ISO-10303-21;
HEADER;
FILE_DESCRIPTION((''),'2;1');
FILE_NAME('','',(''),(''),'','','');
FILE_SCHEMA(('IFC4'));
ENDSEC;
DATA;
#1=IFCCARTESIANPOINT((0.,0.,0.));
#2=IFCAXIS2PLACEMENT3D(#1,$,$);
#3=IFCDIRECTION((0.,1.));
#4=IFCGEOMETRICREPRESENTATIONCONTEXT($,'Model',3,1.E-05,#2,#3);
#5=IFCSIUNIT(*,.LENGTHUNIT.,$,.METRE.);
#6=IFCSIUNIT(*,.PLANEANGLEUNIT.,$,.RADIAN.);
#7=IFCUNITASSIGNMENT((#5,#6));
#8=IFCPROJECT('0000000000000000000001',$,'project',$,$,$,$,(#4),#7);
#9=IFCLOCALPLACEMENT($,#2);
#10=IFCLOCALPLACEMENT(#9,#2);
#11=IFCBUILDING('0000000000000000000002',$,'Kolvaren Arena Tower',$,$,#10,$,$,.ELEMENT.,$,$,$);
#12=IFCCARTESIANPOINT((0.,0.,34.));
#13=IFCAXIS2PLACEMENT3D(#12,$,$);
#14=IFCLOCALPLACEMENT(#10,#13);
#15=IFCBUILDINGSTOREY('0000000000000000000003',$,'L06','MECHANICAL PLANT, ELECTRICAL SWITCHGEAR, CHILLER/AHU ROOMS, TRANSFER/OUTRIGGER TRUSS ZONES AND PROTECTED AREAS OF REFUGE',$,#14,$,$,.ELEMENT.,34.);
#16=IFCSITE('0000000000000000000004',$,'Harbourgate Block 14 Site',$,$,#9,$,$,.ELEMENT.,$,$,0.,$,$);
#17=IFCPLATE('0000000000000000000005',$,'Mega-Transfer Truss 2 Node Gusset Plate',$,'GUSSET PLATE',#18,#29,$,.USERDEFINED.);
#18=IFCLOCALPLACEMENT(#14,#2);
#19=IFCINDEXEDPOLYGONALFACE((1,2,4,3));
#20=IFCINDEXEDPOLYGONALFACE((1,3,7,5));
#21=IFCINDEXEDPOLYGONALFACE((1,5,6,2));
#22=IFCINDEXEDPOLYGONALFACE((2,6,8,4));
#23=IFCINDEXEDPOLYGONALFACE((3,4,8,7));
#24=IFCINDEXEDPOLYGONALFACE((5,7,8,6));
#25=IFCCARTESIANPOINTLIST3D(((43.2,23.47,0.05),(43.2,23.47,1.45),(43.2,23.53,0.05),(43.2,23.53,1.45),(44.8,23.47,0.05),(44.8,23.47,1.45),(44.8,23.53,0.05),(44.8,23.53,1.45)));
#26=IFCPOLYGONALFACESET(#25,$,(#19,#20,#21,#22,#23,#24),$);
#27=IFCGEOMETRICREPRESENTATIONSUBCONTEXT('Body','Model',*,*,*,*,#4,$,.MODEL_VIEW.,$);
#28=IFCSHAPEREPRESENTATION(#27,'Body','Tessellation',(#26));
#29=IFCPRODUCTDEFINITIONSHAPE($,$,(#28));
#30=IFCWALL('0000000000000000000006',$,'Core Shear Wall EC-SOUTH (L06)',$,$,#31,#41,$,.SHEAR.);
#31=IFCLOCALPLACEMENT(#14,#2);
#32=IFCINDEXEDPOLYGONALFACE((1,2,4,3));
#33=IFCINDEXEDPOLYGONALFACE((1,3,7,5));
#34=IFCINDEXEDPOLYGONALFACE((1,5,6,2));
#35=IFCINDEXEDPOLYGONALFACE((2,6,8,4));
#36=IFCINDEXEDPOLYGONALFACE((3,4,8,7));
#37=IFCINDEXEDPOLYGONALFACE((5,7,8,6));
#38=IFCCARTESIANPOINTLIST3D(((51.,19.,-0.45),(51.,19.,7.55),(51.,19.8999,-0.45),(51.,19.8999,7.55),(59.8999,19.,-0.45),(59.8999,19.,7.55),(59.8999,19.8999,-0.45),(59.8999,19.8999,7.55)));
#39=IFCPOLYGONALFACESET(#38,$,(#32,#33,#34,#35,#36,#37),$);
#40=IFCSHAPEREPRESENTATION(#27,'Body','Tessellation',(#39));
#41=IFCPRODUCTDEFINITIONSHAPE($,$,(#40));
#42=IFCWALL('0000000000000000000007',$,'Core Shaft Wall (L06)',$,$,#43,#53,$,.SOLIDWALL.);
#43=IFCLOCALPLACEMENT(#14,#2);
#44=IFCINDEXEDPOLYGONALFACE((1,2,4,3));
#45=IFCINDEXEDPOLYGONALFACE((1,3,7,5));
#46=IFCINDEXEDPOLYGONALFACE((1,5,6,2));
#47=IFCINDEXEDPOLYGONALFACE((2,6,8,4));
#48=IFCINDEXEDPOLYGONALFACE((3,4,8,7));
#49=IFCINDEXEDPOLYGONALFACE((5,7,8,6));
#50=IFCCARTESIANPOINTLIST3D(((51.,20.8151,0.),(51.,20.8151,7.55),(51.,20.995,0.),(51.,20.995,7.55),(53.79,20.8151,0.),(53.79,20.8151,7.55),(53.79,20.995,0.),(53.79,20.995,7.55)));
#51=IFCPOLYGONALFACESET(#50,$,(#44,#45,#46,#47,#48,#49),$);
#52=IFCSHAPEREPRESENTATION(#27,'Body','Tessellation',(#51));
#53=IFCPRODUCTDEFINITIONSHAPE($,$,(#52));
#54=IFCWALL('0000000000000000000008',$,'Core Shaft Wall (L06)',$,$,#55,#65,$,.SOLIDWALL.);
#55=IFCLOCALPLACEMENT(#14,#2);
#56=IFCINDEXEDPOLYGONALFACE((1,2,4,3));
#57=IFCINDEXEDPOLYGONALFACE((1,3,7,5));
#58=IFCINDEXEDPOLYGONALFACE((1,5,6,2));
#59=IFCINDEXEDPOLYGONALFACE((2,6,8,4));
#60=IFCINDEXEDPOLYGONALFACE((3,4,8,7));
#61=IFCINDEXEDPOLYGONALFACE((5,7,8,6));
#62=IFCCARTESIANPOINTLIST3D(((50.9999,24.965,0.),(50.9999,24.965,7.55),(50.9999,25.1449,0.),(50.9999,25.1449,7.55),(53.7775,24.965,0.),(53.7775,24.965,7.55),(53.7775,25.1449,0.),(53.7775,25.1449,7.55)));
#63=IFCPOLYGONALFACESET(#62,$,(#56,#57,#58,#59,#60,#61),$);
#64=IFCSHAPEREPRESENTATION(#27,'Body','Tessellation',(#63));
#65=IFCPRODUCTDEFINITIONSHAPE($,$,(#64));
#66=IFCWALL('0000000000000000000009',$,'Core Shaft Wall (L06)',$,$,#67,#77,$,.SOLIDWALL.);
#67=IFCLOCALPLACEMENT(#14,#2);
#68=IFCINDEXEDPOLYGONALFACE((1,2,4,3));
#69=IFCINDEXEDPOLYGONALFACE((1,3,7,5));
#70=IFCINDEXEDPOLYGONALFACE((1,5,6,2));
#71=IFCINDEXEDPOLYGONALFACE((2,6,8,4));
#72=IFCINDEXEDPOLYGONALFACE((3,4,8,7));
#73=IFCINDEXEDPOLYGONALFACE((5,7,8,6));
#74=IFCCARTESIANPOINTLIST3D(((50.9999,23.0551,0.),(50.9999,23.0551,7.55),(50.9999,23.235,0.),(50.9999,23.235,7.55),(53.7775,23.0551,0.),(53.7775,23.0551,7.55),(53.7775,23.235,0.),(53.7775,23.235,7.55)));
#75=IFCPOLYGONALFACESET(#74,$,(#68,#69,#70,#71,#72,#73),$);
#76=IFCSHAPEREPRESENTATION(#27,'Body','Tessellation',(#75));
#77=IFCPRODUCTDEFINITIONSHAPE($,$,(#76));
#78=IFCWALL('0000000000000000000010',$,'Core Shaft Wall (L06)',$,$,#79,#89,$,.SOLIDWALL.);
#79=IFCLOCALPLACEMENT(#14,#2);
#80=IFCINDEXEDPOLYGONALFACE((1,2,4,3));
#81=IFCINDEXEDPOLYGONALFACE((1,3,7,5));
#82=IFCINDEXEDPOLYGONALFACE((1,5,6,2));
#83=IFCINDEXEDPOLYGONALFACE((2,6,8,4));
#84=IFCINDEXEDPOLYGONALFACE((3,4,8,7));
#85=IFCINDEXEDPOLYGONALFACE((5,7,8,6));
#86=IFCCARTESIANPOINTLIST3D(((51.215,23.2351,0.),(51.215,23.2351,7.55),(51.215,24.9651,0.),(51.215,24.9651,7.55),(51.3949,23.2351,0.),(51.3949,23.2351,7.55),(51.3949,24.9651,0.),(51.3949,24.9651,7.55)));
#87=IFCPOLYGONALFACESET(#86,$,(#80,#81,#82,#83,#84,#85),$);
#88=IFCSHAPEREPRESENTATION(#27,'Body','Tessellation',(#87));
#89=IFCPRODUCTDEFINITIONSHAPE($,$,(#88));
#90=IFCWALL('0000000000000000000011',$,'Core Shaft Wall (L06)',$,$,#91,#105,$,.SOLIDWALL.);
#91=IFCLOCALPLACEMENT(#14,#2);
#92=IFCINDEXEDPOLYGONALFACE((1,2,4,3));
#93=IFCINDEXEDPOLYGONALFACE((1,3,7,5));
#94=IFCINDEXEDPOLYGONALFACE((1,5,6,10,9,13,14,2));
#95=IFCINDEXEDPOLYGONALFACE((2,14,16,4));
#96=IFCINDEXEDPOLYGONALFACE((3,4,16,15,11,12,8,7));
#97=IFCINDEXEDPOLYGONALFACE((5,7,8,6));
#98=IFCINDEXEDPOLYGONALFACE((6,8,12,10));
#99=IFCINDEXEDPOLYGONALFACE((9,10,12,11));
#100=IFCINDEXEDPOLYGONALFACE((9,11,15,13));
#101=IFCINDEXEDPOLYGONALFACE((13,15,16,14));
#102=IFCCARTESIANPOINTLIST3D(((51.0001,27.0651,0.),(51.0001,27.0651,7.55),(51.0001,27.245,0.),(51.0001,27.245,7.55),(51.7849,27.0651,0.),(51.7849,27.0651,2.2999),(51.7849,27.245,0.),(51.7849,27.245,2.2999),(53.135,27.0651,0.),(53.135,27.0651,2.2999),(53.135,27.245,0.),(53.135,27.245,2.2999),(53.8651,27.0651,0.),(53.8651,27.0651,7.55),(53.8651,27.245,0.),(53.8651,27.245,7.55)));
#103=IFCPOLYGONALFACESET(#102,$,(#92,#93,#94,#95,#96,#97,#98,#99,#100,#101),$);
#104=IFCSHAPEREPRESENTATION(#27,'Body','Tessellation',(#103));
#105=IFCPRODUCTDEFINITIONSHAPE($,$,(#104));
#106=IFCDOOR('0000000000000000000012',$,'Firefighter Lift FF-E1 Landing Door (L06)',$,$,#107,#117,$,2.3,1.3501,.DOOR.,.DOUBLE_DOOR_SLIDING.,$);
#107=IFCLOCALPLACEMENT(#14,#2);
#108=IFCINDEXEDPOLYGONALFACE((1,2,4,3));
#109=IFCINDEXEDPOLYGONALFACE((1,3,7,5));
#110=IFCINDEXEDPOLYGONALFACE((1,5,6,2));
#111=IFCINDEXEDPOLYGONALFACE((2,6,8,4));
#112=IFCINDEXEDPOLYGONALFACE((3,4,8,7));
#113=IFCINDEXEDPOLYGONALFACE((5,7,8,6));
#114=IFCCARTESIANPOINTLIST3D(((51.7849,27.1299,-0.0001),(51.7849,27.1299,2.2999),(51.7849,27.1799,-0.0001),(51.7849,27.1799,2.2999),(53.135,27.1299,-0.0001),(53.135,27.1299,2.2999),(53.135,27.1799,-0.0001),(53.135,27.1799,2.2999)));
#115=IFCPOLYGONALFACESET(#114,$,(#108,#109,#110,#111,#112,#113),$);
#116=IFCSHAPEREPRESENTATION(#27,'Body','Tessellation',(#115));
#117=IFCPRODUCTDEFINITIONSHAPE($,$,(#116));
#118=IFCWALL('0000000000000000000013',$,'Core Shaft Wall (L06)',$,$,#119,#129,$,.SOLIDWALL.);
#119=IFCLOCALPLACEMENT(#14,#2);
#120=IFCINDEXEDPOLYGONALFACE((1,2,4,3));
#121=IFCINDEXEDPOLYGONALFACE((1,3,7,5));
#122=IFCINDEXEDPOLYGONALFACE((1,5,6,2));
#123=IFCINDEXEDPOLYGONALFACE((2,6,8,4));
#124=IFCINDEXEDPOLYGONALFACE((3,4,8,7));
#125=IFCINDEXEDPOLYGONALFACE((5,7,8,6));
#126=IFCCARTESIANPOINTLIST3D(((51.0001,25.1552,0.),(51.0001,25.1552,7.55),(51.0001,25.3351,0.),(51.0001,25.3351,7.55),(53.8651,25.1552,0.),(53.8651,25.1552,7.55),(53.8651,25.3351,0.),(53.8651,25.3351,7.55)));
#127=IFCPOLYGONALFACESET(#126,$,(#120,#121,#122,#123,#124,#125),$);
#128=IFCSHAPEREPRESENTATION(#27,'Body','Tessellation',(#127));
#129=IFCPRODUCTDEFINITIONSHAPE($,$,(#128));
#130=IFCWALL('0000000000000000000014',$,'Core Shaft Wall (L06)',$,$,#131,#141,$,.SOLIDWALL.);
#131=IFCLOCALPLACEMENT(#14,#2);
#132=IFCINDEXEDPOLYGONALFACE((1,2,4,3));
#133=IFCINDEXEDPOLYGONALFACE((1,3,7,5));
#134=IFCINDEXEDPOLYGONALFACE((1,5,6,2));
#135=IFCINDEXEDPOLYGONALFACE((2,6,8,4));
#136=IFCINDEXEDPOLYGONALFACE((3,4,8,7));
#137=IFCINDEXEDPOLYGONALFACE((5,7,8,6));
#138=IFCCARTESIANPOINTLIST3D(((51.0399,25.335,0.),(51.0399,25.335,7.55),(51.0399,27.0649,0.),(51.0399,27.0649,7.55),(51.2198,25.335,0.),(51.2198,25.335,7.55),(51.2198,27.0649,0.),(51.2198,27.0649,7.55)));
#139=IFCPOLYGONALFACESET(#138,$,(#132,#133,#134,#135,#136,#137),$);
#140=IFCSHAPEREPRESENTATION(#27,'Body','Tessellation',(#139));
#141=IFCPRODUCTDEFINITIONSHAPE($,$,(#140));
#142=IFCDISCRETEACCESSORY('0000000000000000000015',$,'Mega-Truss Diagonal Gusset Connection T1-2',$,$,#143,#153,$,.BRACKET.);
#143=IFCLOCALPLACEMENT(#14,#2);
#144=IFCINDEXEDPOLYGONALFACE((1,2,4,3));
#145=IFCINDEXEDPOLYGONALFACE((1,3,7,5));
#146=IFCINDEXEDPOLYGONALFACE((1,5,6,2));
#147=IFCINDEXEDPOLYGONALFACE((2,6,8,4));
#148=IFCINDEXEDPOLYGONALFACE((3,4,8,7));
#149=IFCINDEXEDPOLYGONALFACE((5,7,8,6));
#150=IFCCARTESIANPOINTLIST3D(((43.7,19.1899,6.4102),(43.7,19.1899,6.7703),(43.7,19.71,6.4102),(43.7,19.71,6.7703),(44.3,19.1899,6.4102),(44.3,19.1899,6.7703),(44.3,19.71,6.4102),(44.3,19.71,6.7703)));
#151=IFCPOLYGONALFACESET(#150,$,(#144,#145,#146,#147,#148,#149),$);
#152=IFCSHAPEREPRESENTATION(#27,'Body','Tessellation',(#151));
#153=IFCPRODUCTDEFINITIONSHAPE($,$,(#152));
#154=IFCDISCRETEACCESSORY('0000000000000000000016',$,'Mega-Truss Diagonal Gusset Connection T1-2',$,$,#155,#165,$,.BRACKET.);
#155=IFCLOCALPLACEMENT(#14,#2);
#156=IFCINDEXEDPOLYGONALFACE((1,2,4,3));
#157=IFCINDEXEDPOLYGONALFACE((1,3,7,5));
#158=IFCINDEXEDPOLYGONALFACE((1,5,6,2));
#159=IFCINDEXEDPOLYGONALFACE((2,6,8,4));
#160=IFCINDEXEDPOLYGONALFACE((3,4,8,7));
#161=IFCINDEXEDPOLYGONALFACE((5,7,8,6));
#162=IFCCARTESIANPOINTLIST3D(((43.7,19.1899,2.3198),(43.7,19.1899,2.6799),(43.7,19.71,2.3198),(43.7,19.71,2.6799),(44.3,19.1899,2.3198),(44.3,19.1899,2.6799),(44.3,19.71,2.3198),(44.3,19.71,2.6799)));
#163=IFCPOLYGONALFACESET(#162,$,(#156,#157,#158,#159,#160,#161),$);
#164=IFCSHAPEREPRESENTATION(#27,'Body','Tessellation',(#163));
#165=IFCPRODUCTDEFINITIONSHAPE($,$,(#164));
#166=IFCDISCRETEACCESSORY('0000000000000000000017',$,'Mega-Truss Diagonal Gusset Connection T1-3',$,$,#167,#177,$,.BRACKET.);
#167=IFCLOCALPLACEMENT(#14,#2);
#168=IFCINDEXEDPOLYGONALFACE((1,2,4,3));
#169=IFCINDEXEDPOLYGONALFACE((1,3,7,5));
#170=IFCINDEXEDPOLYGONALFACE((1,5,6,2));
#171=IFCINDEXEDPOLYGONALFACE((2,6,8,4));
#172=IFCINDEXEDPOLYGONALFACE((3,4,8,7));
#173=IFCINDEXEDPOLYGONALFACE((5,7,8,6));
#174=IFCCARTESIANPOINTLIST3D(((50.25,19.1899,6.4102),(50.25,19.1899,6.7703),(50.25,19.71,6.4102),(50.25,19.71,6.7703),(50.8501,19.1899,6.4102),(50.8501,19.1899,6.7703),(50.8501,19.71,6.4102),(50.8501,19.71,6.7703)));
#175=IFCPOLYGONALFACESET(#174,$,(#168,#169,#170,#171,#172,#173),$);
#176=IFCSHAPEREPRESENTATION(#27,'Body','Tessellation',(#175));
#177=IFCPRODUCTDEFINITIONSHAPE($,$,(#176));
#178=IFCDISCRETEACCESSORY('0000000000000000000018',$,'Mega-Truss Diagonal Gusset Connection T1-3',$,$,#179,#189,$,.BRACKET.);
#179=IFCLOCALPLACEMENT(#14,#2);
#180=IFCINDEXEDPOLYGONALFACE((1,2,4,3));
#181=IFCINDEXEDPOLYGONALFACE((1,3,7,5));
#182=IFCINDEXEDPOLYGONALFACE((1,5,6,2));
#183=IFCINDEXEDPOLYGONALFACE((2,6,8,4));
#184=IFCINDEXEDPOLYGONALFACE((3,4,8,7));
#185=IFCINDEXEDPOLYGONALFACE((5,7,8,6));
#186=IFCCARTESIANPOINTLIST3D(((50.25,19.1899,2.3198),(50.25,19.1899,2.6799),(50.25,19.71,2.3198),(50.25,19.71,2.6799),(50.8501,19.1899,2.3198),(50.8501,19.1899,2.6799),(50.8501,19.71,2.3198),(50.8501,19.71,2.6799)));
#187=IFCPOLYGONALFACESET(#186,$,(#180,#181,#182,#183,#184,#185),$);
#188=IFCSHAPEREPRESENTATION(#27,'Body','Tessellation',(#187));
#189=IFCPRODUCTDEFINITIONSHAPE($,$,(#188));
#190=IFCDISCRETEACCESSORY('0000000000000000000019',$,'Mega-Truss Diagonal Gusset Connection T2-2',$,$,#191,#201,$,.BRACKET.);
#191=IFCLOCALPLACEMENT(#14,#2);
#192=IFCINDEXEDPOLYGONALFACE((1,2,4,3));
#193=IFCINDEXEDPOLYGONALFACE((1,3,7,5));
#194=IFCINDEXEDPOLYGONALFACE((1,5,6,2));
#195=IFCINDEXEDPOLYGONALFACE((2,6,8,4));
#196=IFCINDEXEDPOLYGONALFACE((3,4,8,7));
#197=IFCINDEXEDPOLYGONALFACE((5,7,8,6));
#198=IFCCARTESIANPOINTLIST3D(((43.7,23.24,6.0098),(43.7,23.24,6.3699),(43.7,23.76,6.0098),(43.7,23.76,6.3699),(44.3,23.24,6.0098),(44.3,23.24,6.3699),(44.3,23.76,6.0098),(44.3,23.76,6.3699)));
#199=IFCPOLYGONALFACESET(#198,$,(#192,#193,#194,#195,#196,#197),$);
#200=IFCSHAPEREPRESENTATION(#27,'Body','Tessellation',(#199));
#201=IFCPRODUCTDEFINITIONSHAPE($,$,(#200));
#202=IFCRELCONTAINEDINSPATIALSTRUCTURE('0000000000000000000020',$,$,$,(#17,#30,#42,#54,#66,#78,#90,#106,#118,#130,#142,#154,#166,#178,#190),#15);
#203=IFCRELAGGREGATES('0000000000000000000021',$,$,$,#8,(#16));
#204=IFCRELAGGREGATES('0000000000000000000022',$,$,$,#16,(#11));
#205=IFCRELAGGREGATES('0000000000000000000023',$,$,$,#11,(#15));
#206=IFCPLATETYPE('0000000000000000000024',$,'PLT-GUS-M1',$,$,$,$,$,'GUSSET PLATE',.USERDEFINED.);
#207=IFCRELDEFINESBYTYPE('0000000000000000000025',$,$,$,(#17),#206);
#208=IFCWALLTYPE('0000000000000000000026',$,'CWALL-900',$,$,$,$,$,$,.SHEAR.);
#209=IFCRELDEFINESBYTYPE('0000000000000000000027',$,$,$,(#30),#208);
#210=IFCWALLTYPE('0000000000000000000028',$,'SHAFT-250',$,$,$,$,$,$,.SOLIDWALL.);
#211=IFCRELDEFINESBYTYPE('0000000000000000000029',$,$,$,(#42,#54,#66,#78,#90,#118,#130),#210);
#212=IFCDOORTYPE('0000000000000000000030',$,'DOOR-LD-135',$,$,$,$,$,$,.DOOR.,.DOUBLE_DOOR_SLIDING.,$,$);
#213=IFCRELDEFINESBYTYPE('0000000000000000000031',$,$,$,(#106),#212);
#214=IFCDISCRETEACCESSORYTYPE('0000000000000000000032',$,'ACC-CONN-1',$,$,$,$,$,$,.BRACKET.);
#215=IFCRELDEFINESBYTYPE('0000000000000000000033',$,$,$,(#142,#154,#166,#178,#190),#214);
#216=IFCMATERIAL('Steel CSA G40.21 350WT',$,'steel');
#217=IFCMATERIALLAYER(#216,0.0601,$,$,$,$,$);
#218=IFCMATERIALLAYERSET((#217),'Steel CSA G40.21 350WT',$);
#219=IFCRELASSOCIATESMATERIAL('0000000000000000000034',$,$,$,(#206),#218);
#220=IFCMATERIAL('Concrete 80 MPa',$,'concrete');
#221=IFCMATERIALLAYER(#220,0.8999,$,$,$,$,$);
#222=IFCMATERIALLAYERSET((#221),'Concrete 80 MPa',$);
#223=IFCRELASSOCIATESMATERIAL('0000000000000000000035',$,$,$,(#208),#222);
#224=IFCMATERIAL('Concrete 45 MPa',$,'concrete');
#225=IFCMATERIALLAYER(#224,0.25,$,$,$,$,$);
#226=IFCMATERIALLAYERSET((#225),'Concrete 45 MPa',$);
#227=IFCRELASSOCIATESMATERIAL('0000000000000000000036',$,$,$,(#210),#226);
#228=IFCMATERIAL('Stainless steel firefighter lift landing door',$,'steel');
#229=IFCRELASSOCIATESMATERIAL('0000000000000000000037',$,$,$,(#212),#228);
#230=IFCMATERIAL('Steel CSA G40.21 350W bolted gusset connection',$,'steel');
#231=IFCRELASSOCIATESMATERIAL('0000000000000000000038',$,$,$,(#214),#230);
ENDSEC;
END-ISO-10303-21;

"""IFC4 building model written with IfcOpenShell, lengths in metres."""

from ifc_helpers import new_model, si_unit, direction, frame, frame_2d, origin, origin_2d, place, context, subcontext, project, spatial, rectangle, extrude, material, layer, layer_set, type_object, element, fill, save


model = new_model("IFC4")

# Units and contexts
model_context = context("Model", 3, precision=1e-05, world=origin(), true_north=direction((0.0, 1.0)))
body_context = subcontext(model_context, "Body", "Model", "MODEL_VIEW")
ifc_project = project(units=[si_unit("LENGTHUNIT", "METRE"), si_unit("PLANEANGLEUNIT", "RADIAN")], contexts=[model_context])

# Site, building, storey
site_placement = place(None, origin())
site = spatial("IfcSite", under=ifc_project, at=site_placement, Name="Harbourgate Block 14 Site", CompositionType="ELEMENT", RefElevation=0.0)
building_placement = place(site_placement, origin())
building = spatial("IfcBuilding", under=site, at=building_placement, Name="Kolvaren Arena Tower", CompositionType="ELEMENT")
storey_placement = place(building_placement, frame((0.0, 0.0, 34.0)))
storey = spatial("IfcBuildingStorey", under=building, at=storey_placement, Name="L06", Description="MECHANICAL PLANT, ELECTRICAL SWITCHGEAR, CHILLER/AHU ROOMS, TRANSFER/OUTRIGGER TRUSS ZONES AND PROTECTED AREAS OF REFUGE", CompositionType="ELEMENT", Elevation=34.0)

# Shared definitions
ifc_material_1 = material(Name="Steel CSA G40.21 350WT", Category="steel")

# Plate
ifc_layer_1 = layer(ifc_material_1, 0.0601)
ifc_layer_set_1 = layer_set([ifc_layer_1], Name="Steel CSA G40.21 350WT")
plate_type = type_object("IfcPlateType", Name="PLT-GUS-M1", ElementType="GUSSET PLATE", PredefinedType="USERDEFINED", material=ifc_layer_set_1)
for number, where, z_axis, x_axis, name in (
    (1, (44.0, 23.5, 0.05), (0.0, 0.0, 1.0), (1.0, 0.0, 0.0), "Mega-Transfer Truss 2 Node Gusset Plate"),
):
    element("IfcPlate", number, at=place(storey_placement, frame(where, z_axis=z_axis, x_axis=x_axis)), inside=storey, type_object=plate_type, Name=name, ObjectType="GUSSET PLATE", PredefinedType="USERDEFINED", context=body_context, shape_type="SweptSolid", body=[
        extrude(rectangle(XDim=1.6001, YDim=0.0601, at=origin_2d()), origin(), (0.0, 0.0, 1.0), 1.3999),
    ])

# Walls
ifc_material_2 = material(Name="Concrete 80 MPa", Category="concrete")
ifc_layer_2 = layer(ifc_material_2, 0.8999)
ifc_layer_set_2 = layer_set([ifc_layer_2], Name="Concrete 80 MPa")
wall_type_1 = type_object("IfcWallType", Name="CWALL-900", PredefinedType="SHEAR", material=ifc_layer_set_2)
wall_1_placement = place(storey_placement, frame((51.0, 19.45, -0.45), z_axis=(0.0, 0.0, 1.0), x_axis=(1.0, 0.0, 0.0)))
element("IfcWall", 2, at=wall_1_placement, inside=storey, type_object=wall_type_1, Name="Core Shear Wall EC-SOUTH (L06)", PredefinedType="SHEAR", context=body_context, shape_type="SweptSolid", body=[
    extrude(rectangle(XDim=8.8999, YDim=0.8999, at=frame_2d((4.45, 0.0))), origin(), (0.0, 0.0, 1.0), 8.0),
])
ifc_material_3 = material(Name="Concrete 45 MPa", Category="concrete")
ifc_layer_3 = layer(ifc_material_3, 0.25)
ifc_layer_set_3 = layer_set([ifc_layer_3], Name="Concrete 45 MPa")
wall_type_2 = type_object("IfcWallType", Name="SHAFT-250", PredefinedType="SOLIDWALL", material=ifc_layer_set_3)
wall_2_placement = place(storey_placement, frame((51.0, 20.905, 0.0), z_axis=(0.0, 0.0, 1.0), x_axis=(1.0, 0.0, 0.0)))
element("IfcWall", 3, at=wall_2_placement, inside=storey, type_object=wall_type_2, Name="Core Shaft Wall (L06)", PredefinedType="SOLIDWALL", context=body_context, shape_type="SweptSolid", body=[
    extrude(rectangle(XDim=2.79, YDim=0.1799, at=frame_2d((1.395, 0.0))), origin(), (0.0, 0.0, 1.0), 7.55),
])
for number, where, z_axis, x_axis, name in (
    (4, (51.0, 25.0549, 0.0), (0.0, 0.0, 1.0), (1.0, 0.0, 0.0), "Core Shaft Wall (L06)"),
    (5, (51.0, 23.145, 0.0), (0.0, 0.0, 1.0), (1.0, 0.0, 0.0), "Core Shaft Wall (L06)"),
):
    element("IfcWall", number, at=place(storey_placement, frame(where, z_axis=z_axis, x_axis=x_axis)), inside=storey, type_object=wall_type_2, Name=name, PredefinedType="SOLIDWALL", context=body_context, shape_type="SweptSolid", body=[
        extrude(rectangle(XDim=2.7776, YDim=0.1799, at=frame_2d((1.3887, 0.0))), origin(), (0.0, 0.0, 1.0), 7.55),
    ])
wall_3_placement = place(storey_placement, frame((51.3049, 23.2351, 0.0), z_axis=(0.0, 0.0, 1.0), x_axis=(0.0, 1.0, 0.0)))
element("IfcWall", 6, at=wall_3_placement, inside=storey, type_object=wall_type_2, Name="Core Shaft Wall (L06)", PredefinedType="SOLIDWALL", context=body_context, shape_type="SweptSolid", body=[
    extrude(rectangle(XDim=1.73, YDim=0.1799, at=frame_2d((0.865, 0.0))), origin(), (0.0, 0.0, 1.0), 7.55),
])

# Wall, opening, door
wall_4_placement = place(storey_placement, frame((51.0, 27.155, 0.0), z_axis=(0.0, 0.0, 1.0), x_axis=(1.0, 0.0, 0.0)))
wall_4 = element("IfcWall", 7, at=wall_4_placement, inside=storey, type_object=wall_type_2, Name="Core Shaft Wall (L06)", PredefinedType="SOLIDWALL", context=body_context, shape_type="SweptSolid", body=[
    extrude(rectangle(XDim=2.865, YDim=0.1799, at=frame_2d((1.4326, 0.0))), origin(), (0.0, 0.0, 1.0), 7.55),
])
opening_placement = place(wall_4_placement, frame((0.7849, 0.0, 0.0)))
opening = element("IfcOpeningElement", 8, at=opening_placement, cuts=wall_4, PredefinedType="OPENING", context=body_context, shape_type="SweptSolid", body=[
    extrude(rectangle(XDim=1.3501, YDim=2.3, at=frame_2d((0.675, 1.1499))), frame((0.0, 0.0999, 0.0), z_axis=(0.0, -1.0, 0.0), x_axis=(1.0, 0.0, 0.0)), (0.0, 0.0, 1.0), 0.2),
])
ifc_material_4 = material(Name="Stainless steel firefighter lift landing door", Category="steel")
door_type = type_object("IfcDoorType", Name="DOOR-LD-135", OperationType="DOUBLE_DOOR_SLIDING", PredefinedType="DOOR", material=ifc_material_4)
door_placement = place(opening_placement, origin())
door = element("IfcDoor", 9, at=door_placement, inside=storey, type_object=door_type, Name="Firefighter Lift FF-E1 Landing Door (L06)", OperationType="DOUBLE_DOOR_SLIDING", OverallHeight=2.3, OverallWidth=1.3501, PredefinedType="DOOR", context=body_context, shape_type="SweptSolid", body=[
    extrude(rectangle(XDim=1.3501, YDim=2.3, at=frame_2d((0.675, 1.1499))), frame((0.0, 0.0249, 0.0), z_axis=(0.0, -1.0, 0.0), x_axis=(1.0, 0.0, 0.0)), (0.0, 0.0, 1.0), 0.05),
])
fill(opening, door)

# Walls
wall_5_placement = place(storey_placement, frame((51.0, 25.2451, 0.0), z_axis=(0.0, 0.0, 1.0), x_axis=(1.0, 0.0, 0.0)))
element("IfcWall", 10, at=wall_5_placement, inside=storey, type_object=wall_type_2, Name="Core Shaft Wall (L06)", PredefinedType="SOLIDWALL", context=body_context, shape_type="SweptSolid", body=[
    extrude(rectangle(XDim=2.865, YDim=0.1799, at=frame_2d((1.4326, 0.0))), origin(), (0.0, 0.0, 1.0), 7.55),
])
wall_6_placement = place(storey_placement, frame((51.1299, 25.335, 0.0), z_axis=(0.0, 0.0, 1.0), x_axis=(0.0, 1.0, 0.0)))
element("IfcWall", 11, at=wall_6_placement, inside=storey, type_object=wall_type_2, Name="Core Shaft Wall (L06)", PredefinedType="SOLIDWALL", context=body_context, shape_type="SweptSolid", body=[
    extrude(rectangle(XDim=1.73, YDim=0.1799, at=frame_2d((0.865, 0.0))), origin(), (0.0, 0.0, 1.0), 7.55),
])

# Discrete accessories
ifc_material_5 = material(Name="Steel CSA G40.21 350W bolted gusset connection", Category="steel")
discrete_accessory_type = type_object("IfcDiscreteAccessoryType", Name="ACC-CONN-1", PredefinedType="BRACKET", material=ifc_material_5)
for number, where, z_axis, x_axis, name in (
    (12, (44.0, 19.45, 6.4102), (0.0, 0.0, 1.0), (1.0, 0.0, 0.0), "Mega-Truss Diagonal Gusset Connection T1-2"),
    (13, (44.0, 19.45, 2.3198), (0.0, 0.0, 1.0), (1.0, 0.0, 0.0), "Mega-Truss Diagonal Gusset Connection T1-2"),
    (14, (50.55, 19.45, 6.4102), (0.0, 0.0, 1.0), (1.0, 0.0, 0.0), "Mega-Truss Diagonal Gusset Connection T1-3"),
    (15, (50.55, 19.45, 2.3198), (0.0, 0.0, 1.0), (1.0, 0.0, 0.0), "Mega-Truss Diagonal Gusset Connection T1-3"),
    (16, (44.0, 23.5, 6.0098), (0.0, 0.0, 1.0), (1.0, 0.0, 0.0), "Mega-Truss Diagonal Gusset Connection T2-2"),
):
    element("IfcDiscreteAccessory", number, at=place(storey_placement, frame(where, z_axis=z_axis, x_axis=x_axis)), inside=storey, type_object=discrete_accessory_type, Name=name, PredefinedType="BRACKET", context=body_context, shape_type="SweptSolid", body=[
        extrude(rectangle(XDim=0.6001, YDim=0.52, at=origin_2d()), origin(), (0.0, 0.0, 1.0), 0.3601),
    ])

save(model, "model.ifc")
